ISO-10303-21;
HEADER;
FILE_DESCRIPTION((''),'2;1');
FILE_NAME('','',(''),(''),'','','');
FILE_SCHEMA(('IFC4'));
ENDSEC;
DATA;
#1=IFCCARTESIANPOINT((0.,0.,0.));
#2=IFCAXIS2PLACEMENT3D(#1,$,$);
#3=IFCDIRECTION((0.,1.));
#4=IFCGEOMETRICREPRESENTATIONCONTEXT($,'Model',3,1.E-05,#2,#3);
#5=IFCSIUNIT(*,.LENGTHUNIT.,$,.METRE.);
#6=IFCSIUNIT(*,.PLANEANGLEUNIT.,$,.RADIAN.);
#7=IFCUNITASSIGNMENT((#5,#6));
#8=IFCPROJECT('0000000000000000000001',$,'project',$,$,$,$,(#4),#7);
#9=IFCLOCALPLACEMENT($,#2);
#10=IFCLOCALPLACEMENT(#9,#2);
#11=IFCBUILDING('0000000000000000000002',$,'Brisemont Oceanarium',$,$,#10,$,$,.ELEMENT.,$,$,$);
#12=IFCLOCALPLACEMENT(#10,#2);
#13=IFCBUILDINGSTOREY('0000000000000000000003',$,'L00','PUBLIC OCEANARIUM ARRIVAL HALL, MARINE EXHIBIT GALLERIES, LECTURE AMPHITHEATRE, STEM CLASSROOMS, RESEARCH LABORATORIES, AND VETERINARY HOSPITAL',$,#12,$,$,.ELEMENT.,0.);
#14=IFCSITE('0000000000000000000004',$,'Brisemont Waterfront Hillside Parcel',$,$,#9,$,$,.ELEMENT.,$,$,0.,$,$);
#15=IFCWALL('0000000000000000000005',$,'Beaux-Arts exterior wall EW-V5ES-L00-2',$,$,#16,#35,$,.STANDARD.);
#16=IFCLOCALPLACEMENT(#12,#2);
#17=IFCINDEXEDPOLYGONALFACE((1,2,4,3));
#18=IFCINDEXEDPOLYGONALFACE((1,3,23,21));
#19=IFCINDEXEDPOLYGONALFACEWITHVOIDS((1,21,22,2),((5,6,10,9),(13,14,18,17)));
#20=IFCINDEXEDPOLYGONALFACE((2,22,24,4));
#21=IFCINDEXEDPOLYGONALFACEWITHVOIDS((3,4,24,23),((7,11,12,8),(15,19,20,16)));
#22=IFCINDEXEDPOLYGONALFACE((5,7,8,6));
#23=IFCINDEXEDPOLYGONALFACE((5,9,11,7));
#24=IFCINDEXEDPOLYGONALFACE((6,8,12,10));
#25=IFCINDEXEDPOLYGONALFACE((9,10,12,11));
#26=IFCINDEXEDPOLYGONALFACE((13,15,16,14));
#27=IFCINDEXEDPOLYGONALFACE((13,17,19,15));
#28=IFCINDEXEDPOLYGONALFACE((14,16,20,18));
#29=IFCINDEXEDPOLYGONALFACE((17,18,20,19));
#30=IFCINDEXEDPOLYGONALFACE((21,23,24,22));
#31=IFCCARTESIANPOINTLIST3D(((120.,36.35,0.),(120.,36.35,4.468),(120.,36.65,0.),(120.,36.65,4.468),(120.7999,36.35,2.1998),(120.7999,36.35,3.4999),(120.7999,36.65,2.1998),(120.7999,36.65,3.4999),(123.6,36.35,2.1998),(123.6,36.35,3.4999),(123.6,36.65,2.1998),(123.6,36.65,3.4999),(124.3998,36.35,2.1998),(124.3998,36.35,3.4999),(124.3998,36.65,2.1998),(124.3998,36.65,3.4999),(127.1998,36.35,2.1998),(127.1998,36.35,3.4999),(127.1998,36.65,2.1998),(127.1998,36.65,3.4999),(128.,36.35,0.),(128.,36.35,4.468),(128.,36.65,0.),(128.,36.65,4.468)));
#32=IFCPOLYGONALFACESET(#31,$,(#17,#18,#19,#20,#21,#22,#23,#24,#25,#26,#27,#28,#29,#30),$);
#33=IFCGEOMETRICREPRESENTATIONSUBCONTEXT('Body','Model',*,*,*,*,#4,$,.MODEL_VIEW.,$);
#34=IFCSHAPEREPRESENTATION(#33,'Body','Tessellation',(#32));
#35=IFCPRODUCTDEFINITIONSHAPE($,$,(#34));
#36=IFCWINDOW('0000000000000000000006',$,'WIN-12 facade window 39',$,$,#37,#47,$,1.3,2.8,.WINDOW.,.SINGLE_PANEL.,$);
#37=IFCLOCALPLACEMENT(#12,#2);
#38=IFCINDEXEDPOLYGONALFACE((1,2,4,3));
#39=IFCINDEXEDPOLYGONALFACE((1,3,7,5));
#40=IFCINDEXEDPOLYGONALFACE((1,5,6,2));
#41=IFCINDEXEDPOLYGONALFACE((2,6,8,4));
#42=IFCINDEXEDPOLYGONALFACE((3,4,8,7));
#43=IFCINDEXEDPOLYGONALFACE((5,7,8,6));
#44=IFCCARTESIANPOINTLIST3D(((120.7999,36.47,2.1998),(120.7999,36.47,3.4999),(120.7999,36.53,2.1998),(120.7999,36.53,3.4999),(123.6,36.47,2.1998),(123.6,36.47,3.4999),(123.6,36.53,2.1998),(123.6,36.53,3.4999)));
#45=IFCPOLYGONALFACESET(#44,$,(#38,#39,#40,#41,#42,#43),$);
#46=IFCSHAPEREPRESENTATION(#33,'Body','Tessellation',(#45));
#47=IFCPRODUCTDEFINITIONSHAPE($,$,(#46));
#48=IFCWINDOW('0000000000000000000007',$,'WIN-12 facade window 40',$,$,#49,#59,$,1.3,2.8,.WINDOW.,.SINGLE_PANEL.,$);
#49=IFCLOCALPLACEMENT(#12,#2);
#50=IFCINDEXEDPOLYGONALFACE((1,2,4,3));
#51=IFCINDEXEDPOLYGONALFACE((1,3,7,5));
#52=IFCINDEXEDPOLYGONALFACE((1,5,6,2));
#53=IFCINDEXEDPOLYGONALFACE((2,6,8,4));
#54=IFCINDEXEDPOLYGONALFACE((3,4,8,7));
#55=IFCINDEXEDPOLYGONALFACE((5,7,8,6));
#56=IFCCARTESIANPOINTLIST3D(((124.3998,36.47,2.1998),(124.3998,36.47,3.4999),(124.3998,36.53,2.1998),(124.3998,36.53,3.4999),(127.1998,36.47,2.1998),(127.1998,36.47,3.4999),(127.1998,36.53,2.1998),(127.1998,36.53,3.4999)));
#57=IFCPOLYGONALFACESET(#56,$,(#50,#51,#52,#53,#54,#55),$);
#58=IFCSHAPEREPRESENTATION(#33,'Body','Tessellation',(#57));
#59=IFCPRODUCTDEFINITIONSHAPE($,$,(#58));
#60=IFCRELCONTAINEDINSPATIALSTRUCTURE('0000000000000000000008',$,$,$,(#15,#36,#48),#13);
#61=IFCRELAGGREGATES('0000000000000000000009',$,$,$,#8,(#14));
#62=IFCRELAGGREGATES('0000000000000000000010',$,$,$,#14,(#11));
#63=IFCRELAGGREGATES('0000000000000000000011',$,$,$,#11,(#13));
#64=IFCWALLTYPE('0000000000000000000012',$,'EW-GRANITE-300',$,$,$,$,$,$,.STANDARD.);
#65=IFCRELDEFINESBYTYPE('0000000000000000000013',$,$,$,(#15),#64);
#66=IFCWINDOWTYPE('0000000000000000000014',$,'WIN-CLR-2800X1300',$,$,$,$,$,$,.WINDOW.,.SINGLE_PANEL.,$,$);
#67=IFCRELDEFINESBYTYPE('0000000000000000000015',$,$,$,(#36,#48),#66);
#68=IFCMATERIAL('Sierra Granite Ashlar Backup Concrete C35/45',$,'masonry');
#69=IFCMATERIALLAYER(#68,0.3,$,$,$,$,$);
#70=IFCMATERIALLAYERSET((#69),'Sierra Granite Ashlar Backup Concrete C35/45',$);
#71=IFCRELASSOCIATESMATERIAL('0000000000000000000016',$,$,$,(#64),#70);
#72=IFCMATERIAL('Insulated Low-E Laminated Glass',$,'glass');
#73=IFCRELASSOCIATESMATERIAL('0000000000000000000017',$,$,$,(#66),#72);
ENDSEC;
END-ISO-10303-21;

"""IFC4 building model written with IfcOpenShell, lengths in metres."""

from ifc_helpers import new_model, si_unit, direction, frame, frame_2d, origin, place, context, subcontext, project, spatial, rectangle, extrude, material, layer, layer_set, type_object, element, fill, save


model = new_model("IFC4")

# Units and contexts
model_context = context("Model", 3, precision=1e-05, world=origin(), true_north=direction((0.0, 1.0)))
body_context = subcontext(model_context, "Body", "Model", "MODEL_VIEW")
ifc_project = project(units=[si_unit("LENGTHUNIT", "METRE"), si_unit("PLANEANGLEUNIT", "RADIAN")], contexts=[model_context])

# Site, building, storey
site_placement = place(None, origin())
site = spatial("IfcSite", under=ifc_project, at=site_placement, Name="Brisemont Waterfront Hillside Parcel", CompositionType="ELEMENT", RefElevation=0.0)
building_placement = place(site_placement, origin())
building = spatial("IfcBuilding", under=site, at=building_placement, Name="Brisemont Oceanarium", CompositionType="ELEMENT")
storey_placement = place(building_placement, origin())
storey = spatial("IfcBuildingStorey", under=building, at=storey_placement, Name="L00", Description="PUBLIC OCEANARIUM ARRIVAL HALL, MARINE EXHIBIT GALLERIES, LECTURE AMPHITHEATRE, STEM CLASSROOMS, RESEARCH LABORATORIES, AND VETERINARY HOSPITAL", CompositionType="ELEMENT", Elevation=0.0)

# Wall, openings, windows
ifc_material_1 = material(Name="Sierra Granite Ashlar Backup Concrete C35/45", Category="masonry")
ifc_layer = layer(ifc_material_1, 0.3)
ifc_layer_set = layer_set([ifc_layer], Name="Sierra Granite Ashlar Backup Concrete C35/45")
wall_type = type_object("IfcWallType", Name="EW-GRANITE-300", PredefinedType="STANDARD", material=ifc_layer_set)
wall_1_placement = place(storey_placement, frame((120.0, 36.5, 0.0), z_axis=(0.0, 0.0, 1.0), x_axis=(1.0, 0.0, 0.0)))
wall_1 = element("IfcWall", 1, at=wall_1_placement, inside=storey, type_object=wall_type, Name="Beaux-Arts exterior wall EW-V5ES-L00-2", PredefinedType="STANDARD", context=body_context, shape_type="SweptSolid", body=[
    extrude(rectangle(XDim=8.0, YDim=0.3, at=frame_2d((4.0, 0.0))), origin(), (0.0, 0.0, 1.0), 4.468),
])
opening_1_placement = place(wall_1_placement, frame((0.8, 0.0, 2.2)))
opening_1 = element("IfcOpeningElement", 2, at=opening_1_placement, cuts=wall_1, PredefinedType="OPENING", context=body_context, shape_type="SweptSolid", body=[
    extrude(rectangle(XDim=2.8, YDim=1.3, at=frame_2d((1.3999, 0.6499))), frame((0.0, 0.1599, 0.0), z_axis=(0.0, -1.0, 0.0), x_axis=(1.0, 0.0, 0.0)), (0.0, 0.0, 1.0), 0.3201),
])
opening_2_placement = place(wall_1_placement, frame((4.3999, 0.0, 2.2)))
opening_2 = element("IfcOpeningElement", 3, at=opening_2_placement, cuts=wall_1, PredefinedType="OPENING", context=body_context, shape_type="SweptSolid", body=[
    extrude(rectangle(XDim=2.8, YDim=1.3, at=frame_2d((1.3999, 0.6499))), frame((0.0, 0.1599, 0.0), z_axis=(0.0, -1.0, 0.0), x_axis=(1.0, 0.0, 0.0)), (0.0, 0.0, 1.0), 0.3201),
])
ifc_material_2 = material(Name="Insulated Low-E Laminated Glass", Category="glass")
window_type_1 = type_object("IfcWindowType", Name="WIN-CLR-2800X1300", PartitioningType="SINGLE_PANEL", PredefinedType="WINDOW", material=ifc_material_2)
window_1_placement = place(opening_1_placement, origin())
window_1 = element("IfcWindow", 4, at=window_1_placement, inside=storey, type_object=window_type_1, Name="WIN-12 facade window 39", OverallHeight=1.3, OverallWidth=2.8, PartitioningType="SINGLE_PANEL", PredefinedType="WINDOW", context=body_context, shape_type="SweptSolid", body=[
    extrude(rectangle(XDim=2.8, YDim=1.3, at=frame_2d((1.3999, 0.6499))), frame((0.0, 0.03, 0.0), z_axis=(0.0, -1.0, 0.0), x_axis=(1.0, 0.0, 0.0)), (0.0, 0.0, 1.0), 0.0601),
])
fill(opening_1, window_1)
window_2_placement = place(opening_2_placement, origin())
window_2 = element("IfcWindow", 5, at=window_2_placement, inside=storey, type_object=window_type_1, Name="WIN-12 facade window 40", OverallHeight=1.3, OverallWidth=2.8, PartitioningType="SINGLE_PANEL", PredefinedType="WINDOW", context=body_context, shape_type="SweptSolid", body=[
    extrude(rectangle(XDim=2.8, YDim=1.3, at=frame_2d((1.3999, 0.6499))), frame((0.0, 0.03, 0.0), z_axis=(0.0, -1.0, 0.0), x_axis=(1.0, 0.0, 0.0)), (0.0, 0.0, 1.0), 0.0601),
])
fill(opening_2, window_2)

save(model, "model.ifc")
